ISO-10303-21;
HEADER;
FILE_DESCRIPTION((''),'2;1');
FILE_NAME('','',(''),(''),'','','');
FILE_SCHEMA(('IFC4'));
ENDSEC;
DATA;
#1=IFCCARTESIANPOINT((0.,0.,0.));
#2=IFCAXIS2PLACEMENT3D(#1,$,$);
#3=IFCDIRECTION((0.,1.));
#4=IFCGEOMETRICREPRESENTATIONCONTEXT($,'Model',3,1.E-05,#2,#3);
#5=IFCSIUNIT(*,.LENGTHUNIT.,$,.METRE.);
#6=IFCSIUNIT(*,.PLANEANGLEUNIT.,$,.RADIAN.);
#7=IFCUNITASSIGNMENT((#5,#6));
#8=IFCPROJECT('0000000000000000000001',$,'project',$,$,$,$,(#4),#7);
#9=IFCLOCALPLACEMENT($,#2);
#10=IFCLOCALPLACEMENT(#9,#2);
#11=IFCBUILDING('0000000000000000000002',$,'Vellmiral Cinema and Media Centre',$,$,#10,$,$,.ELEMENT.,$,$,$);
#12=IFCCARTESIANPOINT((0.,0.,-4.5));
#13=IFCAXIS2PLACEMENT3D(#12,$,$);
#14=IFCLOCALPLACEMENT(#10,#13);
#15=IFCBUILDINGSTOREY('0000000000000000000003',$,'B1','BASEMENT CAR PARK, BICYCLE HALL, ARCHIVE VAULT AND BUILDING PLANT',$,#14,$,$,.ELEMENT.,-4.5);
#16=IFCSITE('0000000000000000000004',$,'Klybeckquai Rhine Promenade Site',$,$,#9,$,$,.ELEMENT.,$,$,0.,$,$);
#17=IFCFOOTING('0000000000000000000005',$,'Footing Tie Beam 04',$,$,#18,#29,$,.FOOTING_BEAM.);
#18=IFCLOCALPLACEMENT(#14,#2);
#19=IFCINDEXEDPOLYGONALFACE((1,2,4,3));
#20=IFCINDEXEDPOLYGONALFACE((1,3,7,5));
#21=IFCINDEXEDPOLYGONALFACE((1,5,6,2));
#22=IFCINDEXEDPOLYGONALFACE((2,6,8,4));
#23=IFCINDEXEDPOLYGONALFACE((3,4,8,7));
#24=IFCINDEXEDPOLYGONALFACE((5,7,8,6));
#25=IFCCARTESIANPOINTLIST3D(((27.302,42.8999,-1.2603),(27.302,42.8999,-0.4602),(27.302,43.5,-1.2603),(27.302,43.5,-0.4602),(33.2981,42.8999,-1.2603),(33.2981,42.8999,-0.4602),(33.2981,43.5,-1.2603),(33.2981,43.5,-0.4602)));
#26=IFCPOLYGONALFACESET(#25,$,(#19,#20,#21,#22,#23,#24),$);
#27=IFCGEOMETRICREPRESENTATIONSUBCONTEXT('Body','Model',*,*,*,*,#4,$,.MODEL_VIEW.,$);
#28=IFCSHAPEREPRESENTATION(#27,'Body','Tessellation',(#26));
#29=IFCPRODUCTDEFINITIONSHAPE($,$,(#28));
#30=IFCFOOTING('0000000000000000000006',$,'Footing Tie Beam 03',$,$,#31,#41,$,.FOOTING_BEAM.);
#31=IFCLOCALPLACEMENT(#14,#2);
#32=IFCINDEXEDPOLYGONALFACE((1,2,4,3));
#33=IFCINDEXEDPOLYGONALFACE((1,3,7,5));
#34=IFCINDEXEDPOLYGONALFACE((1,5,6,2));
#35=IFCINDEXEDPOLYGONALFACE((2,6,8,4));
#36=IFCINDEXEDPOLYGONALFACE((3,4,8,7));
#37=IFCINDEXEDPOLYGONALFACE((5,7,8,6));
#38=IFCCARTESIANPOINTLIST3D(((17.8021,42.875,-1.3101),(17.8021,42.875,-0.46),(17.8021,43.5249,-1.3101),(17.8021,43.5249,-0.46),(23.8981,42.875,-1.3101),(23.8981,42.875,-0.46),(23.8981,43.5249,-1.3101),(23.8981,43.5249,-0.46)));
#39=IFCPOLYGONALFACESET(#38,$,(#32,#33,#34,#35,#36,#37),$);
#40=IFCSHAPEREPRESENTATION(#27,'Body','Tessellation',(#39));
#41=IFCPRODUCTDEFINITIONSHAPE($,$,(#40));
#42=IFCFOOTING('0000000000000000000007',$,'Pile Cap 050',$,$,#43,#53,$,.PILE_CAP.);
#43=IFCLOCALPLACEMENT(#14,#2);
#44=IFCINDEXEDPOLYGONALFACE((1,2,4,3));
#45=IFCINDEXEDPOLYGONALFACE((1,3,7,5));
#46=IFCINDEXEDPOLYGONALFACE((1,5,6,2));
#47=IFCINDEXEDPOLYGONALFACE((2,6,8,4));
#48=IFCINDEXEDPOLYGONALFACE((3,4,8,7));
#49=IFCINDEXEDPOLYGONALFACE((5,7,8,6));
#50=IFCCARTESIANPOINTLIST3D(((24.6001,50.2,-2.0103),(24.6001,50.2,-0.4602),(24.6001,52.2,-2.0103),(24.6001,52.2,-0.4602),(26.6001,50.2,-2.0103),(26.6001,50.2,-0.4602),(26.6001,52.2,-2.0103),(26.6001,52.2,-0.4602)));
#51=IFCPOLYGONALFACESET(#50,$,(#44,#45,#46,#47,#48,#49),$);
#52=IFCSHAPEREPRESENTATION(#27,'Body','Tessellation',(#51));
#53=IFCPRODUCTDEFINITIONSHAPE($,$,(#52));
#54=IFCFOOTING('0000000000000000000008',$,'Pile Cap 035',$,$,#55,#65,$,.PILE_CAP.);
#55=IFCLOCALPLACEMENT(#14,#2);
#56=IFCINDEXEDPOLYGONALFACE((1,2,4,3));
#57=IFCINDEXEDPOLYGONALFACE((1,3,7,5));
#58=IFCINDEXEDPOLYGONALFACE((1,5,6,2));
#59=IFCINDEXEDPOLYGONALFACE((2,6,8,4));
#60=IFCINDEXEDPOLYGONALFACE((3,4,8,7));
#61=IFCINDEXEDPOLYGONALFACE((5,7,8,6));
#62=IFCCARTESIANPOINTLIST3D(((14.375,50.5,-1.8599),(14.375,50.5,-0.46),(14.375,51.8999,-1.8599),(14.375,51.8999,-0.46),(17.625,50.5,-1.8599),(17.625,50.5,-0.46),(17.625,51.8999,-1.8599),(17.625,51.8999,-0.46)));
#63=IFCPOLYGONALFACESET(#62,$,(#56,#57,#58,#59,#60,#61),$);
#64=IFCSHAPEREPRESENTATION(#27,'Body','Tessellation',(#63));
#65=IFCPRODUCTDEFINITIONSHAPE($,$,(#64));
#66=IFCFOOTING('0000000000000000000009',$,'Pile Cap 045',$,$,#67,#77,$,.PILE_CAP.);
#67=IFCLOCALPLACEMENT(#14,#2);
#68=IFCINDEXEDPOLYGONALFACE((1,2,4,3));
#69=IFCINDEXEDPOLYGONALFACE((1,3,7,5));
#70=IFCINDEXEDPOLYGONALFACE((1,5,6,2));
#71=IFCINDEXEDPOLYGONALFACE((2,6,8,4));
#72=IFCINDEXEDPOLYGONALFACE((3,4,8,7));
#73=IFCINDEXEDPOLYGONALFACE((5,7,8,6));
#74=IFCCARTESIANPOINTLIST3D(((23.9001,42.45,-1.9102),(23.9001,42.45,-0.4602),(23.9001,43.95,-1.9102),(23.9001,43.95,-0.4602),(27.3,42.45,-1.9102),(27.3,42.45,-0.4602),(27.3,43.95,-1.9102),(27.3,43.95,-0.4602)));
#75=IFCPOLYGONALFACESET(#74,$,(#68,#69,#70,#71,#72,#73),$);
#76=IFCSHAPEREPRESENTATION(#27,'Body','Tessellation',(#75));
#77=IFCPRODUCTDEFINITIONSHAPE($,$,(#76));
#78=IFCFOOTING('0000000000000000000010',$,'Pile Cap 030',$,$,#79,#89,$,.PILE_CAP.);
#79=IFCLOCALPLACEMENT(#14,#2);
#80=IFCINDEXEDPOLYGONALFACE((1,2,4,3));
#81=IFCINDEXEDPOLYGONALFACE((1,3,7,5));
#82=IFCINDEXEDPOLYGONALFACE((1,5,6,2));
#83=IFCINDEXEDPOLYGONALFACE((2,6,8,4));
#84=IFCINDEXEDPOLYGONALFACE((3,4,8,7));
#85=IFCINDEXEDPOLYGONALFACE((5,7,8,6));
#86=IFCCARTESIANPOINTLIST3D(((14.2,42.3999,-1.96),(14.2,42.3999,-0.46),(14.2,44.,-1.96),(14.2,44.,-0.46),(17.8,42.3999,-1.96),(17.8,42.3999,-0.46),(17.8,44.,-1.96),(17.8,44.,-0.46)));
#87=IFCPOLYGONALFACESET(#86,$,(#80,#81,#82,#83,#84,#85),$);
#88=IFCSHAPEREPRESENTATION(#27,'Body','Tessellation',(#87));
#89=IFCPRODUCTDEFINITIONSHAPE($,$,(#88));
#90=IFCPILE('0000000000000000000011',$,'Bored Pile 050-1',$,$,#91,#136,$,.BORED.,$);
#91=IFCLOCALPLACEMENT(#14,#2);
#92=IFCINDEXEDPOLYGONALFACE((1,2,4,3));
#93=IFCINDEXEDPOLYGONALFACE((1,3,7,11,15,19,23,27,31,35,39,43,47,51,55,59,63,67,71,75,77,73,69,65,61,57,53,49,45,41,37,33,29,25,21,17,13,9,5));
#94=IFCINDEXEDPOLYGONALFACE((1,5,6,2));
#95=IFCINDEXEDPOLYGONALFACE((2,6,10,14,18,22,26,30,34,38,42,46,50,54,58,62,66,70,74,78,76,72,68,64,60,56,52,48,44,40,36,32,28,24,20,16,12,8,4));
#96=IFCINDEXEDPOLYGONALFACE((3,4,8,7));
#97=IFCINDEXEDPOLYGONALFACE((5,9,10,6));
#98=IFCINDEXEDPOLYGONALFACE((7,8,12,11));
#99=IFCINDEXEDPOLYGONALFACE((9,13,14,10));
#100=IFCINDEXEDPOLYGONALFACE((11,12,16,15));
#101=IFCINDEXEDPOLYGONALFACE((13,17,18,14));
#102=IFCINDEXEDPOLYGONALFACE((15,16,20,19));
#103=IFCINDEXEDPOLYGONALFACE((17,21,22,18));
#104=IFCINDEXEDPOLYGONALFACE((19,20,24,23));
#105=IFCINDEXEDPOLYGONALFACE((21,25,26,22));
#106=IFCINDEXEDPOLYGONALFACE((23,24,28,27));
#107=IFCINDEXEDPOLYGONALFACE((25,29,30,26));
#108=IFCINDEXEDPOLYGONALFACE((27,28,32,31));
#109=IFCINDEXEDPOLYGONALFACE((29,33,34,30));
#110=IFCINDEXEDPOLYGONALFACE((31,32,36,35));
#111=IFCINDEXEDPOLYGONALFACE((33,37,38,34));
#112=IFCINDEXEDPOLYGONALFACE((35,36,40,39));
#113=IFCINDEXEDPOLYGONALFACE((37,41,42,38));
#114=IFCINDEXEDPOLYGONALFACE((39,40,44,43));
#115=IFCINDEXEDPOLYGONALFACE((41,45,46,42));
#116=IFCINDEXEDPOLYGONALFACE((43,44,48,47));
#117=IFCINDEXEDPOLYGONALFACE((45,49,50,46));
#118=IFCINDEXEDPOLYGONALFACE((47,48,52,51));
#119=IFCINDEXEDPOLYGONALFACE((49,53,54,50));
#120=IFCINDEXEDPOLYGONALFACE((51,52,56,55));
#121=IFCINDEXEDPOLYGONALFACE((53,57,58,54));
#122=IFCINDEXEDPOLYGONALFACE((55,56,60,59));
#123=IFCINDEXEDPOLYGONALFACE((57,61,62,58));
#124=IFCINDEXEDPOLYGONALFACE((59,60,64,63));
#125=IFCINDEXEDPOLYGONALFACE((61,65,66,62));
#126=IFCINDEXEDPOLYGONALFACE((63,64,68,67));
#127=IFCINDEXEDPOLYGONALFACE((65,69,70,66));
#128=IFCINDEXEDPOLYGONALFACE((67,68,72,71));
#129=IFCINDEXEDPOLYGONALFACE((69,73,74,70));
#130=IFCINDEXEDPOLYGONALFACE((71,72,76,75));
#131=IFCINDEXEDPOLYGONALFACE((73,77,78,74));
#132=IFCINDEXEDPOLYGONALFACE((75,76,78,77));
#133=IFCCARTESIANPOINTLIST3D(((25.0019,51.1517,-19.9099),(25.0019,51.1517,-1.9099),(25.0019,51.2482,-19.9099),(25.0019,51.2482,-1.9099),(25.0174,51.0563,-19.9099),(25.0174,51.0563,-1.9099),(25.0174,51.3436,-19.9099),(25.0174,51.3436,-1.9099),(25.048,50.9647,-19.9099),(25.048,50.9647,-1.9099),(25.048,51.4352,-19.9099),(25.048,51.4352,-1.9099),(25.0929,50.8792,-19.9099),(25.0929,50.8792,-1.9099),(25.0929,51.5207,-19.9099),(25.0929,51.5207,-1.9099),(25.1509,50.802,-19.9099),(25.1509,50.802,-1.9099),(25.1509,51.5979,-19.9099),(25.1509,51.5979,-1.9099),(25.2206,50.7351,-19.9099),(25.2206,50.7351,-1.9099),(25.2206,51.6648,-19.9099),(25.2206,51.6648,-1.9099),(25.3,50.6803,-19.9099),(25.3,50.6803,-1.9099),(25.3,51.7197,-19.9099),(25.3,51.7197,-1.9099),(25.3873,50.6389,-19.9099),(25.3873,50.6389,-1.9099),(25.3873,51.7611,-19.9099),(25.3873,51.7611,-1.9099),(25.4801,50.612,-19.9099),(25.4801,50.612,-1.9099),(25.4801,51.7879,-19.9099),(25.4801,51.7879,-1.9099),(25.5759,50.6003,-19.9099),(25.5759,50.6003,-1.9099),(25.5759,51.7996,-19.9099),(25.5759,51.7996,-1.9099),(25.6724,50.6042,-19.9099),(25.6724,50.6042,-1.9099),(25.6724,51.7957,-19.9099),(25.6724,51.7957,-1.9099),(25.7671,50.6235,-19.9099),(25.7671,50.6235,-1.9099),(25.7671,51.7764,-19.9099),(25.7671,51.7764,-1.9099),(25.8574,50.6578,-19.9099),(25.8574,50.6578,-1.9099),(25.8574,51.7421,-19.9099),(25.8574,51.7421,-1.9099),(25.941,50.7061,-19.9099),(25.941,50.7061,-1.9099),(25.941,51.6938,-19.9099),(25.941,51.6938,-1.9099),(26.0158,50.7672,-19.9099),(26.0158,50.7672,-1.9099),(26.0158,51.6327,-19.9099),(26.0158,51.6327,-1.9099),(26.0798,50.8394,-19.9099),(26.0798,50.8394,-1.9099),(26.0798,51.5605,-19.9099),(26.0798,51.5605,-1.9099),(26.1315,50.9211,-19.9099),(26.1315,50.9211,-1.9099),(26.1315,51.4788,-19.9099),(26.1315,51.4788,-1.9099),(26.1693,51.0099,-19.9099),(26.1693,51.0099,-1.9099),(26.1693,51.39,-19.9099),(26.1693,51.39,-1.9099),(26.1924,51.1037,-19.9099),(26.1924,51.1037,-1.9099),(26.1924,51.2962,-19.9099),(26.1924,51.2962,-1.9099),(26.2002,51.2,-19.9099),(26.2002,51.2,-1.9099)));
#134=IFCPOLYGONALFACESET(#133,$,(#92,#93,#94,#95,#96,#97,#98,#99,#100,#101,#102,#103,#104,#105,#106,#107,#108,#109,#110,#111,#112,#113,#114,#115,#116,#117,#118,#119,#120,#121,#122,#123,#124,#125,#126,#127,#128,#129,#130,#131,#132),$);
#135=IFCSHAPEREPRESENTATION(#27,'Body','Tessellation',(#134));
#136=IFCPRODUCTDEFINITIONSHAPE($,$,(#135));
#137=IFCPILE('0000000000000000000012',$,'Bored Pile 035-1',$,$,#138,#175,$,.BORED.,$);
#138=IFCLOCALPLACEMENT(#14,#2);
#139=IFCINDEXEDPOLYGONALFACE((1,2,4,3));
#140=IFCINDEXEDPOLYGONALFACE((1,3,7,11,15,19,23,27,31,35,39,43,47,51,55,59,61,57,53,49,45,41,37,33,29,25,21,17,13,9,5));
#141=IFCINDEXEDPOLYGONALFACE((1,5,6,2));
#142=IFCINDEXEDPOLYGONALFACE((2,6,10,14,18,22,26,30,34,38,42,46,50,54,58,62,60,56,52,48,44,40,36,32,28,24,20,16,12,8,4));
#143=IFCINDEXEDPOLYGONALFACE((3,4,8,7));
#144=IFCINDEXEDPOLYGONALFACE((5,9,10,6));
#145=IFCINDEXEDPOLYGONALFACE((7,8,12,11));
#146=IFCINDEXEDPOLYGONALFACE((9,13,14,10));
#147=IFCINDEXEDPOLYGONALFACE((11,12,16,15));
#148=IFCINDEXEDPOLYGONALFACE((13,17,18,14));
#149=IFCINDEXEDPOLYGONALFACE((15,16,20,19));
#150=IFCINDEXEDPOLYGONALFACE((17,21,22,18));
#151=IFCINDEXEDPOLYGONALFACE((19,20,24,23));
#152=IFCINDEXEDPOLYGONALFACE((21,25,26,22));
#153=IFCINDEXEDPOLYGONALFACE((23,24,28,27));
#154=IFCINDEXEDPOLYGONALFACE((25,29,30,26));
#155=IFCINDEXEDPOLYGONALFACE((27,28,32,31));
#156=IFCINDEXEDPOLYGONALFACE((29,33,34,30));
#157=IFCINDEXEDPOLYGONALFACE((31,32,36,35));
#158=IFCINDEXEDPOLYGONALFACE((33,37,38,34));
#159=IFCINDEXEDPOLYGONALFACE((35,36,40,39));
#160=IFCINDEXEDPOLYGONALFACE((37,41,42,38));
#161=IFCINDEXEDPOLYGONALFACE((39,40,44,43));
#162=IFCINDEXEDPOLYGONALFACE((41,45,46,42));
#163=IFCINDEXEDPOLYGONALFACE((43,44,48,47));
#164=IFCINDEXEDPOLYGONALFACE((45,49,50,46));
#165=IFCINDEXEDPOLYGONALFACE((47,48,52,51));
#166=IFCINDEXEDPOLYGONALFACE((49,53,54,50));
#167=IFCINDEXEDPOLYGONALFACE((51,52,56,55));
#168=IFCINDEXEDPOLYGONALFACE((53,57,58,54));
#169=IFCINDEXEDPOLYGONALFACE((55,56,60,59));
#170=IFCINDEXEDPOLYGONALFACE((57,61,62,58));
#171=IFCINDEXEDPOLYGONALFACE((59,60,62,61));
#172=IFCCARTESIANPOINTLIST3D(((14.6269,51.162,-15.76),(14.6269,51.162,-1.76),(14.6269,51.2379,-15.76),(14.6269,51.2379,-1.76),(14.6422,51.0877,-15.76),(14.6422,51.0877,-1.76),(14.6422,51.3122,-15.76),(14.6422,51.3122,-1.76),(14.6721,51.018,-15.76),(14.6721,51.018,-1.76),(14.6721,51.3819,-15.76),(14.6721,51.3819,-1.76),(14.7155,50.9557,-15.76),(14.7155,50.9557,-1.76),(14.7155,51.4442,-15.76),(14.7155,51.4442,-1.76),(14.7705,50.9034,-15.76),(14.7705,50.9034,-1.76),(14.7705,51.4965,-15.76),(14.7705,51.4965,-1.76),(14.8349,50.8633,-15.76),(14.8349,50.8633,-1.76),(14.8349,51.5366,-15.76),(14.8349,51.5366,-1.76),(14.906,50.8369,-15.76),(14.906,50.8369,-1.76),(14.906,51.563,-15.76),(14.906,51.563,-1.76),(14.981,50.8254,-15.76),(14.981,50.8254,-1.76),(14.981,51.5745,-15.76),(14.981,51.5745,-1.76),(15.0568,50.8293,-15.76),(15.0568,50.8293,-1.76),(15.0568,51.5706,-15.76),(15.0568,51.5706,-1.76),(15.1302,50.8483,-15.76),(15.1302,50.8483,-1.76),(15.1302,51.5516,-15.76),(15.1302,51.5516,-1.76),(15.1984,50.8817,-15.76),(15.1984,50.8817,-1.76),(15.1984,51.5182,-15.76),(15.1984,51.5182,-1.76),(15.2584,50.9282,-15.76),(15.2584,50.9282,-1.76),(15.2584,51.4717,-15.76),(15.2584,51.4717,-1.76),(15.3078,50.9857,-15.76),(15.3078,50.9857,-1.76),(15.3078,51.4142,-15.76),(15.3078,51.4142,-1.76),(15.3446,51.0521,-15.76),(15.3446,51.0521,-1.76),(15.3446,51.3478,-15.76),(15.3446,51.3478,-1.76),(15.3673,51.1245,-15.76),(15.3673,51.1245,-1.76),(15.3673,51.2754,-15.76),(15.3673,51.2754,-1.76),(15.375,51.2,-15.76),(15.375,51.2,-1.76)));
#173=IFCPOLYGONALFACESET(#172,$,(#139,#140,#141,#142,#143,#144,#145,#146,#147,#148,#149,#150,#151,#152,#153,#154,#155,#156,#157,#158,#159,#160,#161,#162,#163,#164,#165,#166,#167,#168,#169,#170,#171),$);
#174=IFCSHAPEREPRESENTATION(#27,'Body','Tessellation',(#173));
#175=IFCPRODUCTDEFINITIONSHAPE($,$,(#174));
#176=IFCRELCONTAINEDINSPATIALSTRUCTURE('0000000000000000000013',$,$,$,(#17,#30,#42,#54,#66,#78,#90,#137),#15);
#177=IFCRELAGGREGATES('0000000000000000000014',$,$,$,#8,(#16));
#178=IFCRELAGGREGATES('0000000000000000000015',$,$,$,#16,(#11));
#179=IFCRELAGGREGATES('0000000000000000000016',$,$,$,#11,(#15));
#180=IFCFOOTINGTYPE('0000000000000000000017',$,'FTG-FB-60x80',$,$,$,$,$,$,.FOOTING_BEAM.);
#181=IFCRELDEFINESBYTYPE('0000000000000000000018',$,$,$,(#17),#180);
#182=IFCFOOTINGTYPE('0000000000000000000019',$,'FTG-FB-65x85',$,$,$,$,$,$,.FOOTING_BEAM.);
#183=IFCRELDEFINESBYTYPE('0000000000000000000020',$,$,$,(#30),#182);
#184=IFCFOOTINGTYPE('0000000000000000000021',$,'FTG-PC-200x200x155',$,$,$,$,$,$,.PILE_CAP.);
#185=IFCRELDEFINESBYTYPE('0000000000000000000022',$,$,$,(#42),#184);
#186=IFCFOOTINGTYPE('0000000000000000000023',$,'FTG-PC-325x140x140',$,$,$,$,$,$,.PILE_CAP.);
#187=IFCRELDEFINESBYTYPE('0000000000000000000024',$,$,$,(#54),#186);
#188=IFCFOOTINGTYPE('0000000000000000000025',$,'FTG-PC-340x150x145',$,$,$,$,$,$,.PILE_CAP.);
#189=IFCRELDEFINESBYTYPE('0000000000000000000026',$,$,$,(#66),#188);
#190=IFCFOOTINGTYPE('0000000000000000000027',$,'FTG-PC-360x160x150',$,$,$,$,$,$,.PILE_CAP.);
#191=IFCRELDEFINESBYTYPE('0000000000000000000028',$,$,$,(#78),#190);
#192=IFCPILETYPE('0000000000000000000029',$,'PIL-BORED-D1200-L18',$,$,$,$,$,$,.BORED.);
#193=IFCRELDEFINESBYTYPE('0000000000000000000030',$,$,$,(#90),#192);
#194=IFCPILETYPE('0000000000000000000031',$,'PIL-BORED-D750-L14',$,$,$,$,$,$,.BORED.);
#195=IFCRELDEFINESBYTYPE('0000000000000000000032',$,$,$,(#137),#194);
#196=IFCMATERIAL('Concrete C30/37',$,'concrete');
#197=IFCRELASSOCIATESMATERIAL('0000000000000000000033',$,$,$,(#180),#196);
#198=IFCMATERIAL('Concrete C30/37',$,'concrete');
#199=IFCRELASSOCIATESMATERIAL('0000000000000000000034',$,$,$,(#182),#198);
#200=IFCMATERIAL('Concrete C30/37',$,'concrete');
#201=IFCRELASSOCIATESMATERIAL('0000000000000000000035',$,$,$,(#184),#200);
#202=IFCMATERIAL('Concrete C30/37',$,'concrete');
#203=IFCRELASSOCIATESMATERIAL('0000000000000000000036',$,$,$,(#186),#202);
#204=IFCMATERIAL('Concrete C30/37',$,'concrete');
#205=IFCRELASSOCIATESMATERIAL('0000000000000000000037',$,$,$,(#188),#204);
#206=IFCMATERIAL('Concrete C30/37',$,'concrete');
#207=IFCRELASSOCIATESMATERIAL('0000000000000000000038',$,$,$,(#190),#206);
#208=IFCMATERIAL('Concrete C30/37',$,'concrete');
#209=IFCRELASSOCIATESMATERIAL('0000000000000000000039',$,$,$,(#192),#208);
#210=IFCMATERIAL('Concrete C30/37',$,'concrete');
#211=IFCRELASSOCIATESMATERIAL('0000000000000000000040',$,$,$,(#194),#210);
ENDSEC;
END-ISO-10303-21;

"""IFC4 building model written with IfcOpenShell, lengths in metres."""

from ifc_helpers import new_model, si_unit, direction, frame, origin, origin_2d, place, context, subcontext, project, spatial, rectangle, circle, extrude, material, material_profile, profile_set, type_object, element, save


model = new_model("IFC4")

# Units and contexts
model_context = context("Model", 3, precision=1e-05, world=origin(), true_north=direction((0.0, 1.0)))
body_context = subcontext(model_context, "Body", "Model", "MODEL_VIEW")
ifc_project = project(units=[si_unit("LENGTHUNIT", "METRE"), si_unit("PLANEANGLEUNIT", "RADIAN")], contexts=[model_context])

# Site, building, storey
site_placement = place(None, origin())
site = spatial("IfcSite", under=ifc_project, at=site_placement, Name="Klybeckquai Rhine Promenade Site", CompositionType="ELEMENT", RefElevation=0.0)
building_placement = place(site_placement, origin())
building = spatial("IfcBuilding", under=site, at=building_placement, Name="Vellmiral Cinema and Media Centre", CompositionType="ELEMENT")
storey_placement = place(building_placement, frame((0.0, 0.0, -4.5)))
storey = spatial("IfcBuildingStorey", under=building, at=storey_placement, Name="B1", Description="BASEMENT CAR PARK, BICYCLE HALL, ARCHIVE VAULT AND BUILDING PLANT", CompositionType="ELEMENT", Elevation=-4.5)

# Footings
ifc_material_1 = material(Name="Concrete C30/37", Category="concrete")
footing_type_1 = type_object("IfcFootingType", Name="FTG-FB-60x80", PredefinedType="FOOTING_BEAM", material=ifc_material_1)
footing_1_placement = place(storey_placement, frame((30.3, 43.2, -1.2603), z_axis=(0.0, 0.0, 1.0), x_axis=(1.0, 0.0, 0.0)))
element("IfcFooting", 1, at=footing_1_placement, inside=storey, type_object=footing_type_1, Name="Footing Tie Beam 04", PredefinedType="FOOTING_BEAM", context=body_context, shape_type="SweptSolid", body=[
    extrude(rectangle(XDim=5.9961, YDim=0.6001, at=origin_2d()), origin(), (0.0, 0.0, 1.0), 0.8),
])
ifc_material_2 = material(Name="Concrete C30/37", Category="concrete")
footing_type_2 = type_object("IfcFootingType", Name="FTG-FB-65x85", PredefinedType="FOOTING_BEAM", material=ifc_material_2)
footing_2_placement = place(storey_placement, frame((20.8501, 43.2, -1.3101), z_axis=(0.0, 0.0, 1.0), x_axis=(1.0, 0.0, 0.0)))
element("IfcFooting", 2, at=footing_2_placement, inside=storey, type_object=footing_type_2, Name="Footing Tie Beam 03", PredefinedType="FOOTING_BEAM", context=body_context, shape_type="SweptSolid", body=[
    extrude(rectangle(XDim=6.0959, YDim=0.6499, at=origin_2d()), origin(), (0.0, 0.0, 1.0), 0.8501),
])
ifc_material_3 = material(Name="Concrete C30/37", Category="concrete")
footing_type_3 = type_object("IfcFootingType", Name="FTG-PC-200x200x155", PredefinedType="PILE_CAP", material=ifc_material_3)
footing_3_placement = place(storey_placement, frame((25.6001, 51.2, -2.0103), z_axis=(0.0, 0.0, 1.0), x_axis=(1.0, 0.0, 0.0)))
element("IfcFooting", 3, at=footing_3_placement, inside=storey, type_object=footing_type_3, Name="Pile Cap 050", PredefinedType="PILE_CAP", context=body_context, shape_type="SweptSolid", body=[
    extrude(rectangle(XDim=2.0, YDim=2.0, at=origin_2d()), origin(), (0.0, 0.0, 1.0), 1.55),
])
ifc_material_4 = material(Name="Concrete C30/37", Category="concrete")
footing_type_4 = type_object("IfcFootingType", Name="FTG-PC-325x140x140", PredefinedType="PILE_CAP", material=ifc_material_4)
footing_4_placement = place(storey_placement, frame((16.0, 51.2, -1.8599), z_axis=(0.0, 0.0, 1.0), x_axis=(1.0, 0.0, 0.0)))
element("IfcFooting", 4, at=footing_4_placement, inside=storey, type_object=footing_type_4, Name="Pile Cap 035", PredefinedType="PILE_CAP", context=body_context, shape_type="SweptSolid", body=[
    extrude(rectangle(XDim=3.25, YDim=1.3999, at=origin_2d()), origin(), (0.0, 0.0, 1.0), 1.3999),
])
ifc_material_5 = material(Name="Concrete C30/37", Category="concrete")
footing_type_5 = type_object("IfcFootingType", Name="FTG-PC-340x150x145", PredefinedType="PILE_CAP", material=ifc_material_5)
footing_5_placement = place(storey_placement, frame((25.6001, 43.2, -1.9102), z_axis=(0.0, 0.0, 1.0), x_axis=(1.0, 0.0, 0.0)))
element("IfcFooting", 5, at=footing_5_placement, inside=storey, type_object=footing_type_5, Name="Pile Cap 045", PredefinedType="PILE_CAP", context=body_context, shape_type="SweptSolid", body=[
    extrude(rectangle(XDim=3.3999, YDim=1.5, at=origin_2d()), origin(), (0.0, 0.0, 1.0), 1.45),
])
ifc_material_6 = material(Name="Concrete C30/37", Category="concrete")
footing_type_6 = type_object("IfcFootingType", Name="FTG-PC-360x160x150", PredefinedType="PILE_CAP", material=ifc_material_6)
footing_6_placement = place(storey_placement, frame((16.0, 43.2, -1.96), z_axis=(0.0, 0.0, 1.0), x_axis=(1.0, 0.0, 0.0)))
element("IfcFooting", 6, at=footing_6_placement, inside=storey, type_object=footing_type_6, Name="Pile Cap 030", PredefinedType="PILE_CAP", context=body_context, shape_type="SweptSolid", body=[
    extrude(rectangle(XDim=3.6001, YDim=1.6001, at=origin_2d()), origin(), (0.0, 0.0, 1.0), 1.5),
])

# Piles
ifc_material_7 = material(Name="Concrete C30/37", Category="concrete")
ifc_material_profile_1 = material_profile(ifc_material_7, circle(Radius=0.6001, at=origin_2d()), Name="PILE D1200")
ifc_profile_set_1 = profile_set([ifc_material_profile_1], Name="Concrete C30/37")
pile_type_1 = type_object("IfcPileType", Name="PIL-BORED-D1200-L18", PredefinedType="BORED", material=ifc_profile_set_1)
pile_1_placement = place(storey_placement, frame((25.6001, 51.2, -1.9099), z_axis=(0.0, 0.0, -1.0), x_axis=(1.0, 0.0, 0.0)))
element("IfcPile", 7, at=pile_1_placement, inside=storey, type_object=pile_type_1, Name="Bored Pile 050-1", PredefinedType="BORED", context=body_context, shape_type="SweptSolid", body=[
    extrude(circle(Radius=0.6001, at=origin_2d()), origin(), (0.0, 0.0, 1.0), 18.0),
])
ifc_material_8 = material(Name="Concrete C30/37", Category="concrete")
ifc_material_profile_2 = material_profile(ifc_material_8, circle(Radius=0.375, at=origin_2d()), Name="PILE D750")
ifc_profile_set_2 = profile_set([ifc_material_profile_2], Name="Concrete C30/37")
pile_type_2 = type_object("IfcPileType", Name="PIL-BORED-D750-L14", PredefinedType="BORED", material=ifc_profile_set_2)
for number, where, z_axis, x_axis, name in (
    (8, (15.0, 51.2, -1.76), (0.0, 0.0, -1.0), (1.0, 0.0, 0.0), "Bored Pile 035-1"),
):
    element("IfcPile", number, at=place(storey_placement, frame(where, z_axis=z_axis, x_axis=x_axis)), inside=storey, type_object=pile_type_2, Name=name, PredefinedType="BORED", context=body_context, shape_type="SweptSolid", body=[
        extrude(circle(Radius=0.375, at=origin_2d()), origin(), (0.0, 0.0, 1.0), 14.0),
    ])

save(model, "model.ifc")
